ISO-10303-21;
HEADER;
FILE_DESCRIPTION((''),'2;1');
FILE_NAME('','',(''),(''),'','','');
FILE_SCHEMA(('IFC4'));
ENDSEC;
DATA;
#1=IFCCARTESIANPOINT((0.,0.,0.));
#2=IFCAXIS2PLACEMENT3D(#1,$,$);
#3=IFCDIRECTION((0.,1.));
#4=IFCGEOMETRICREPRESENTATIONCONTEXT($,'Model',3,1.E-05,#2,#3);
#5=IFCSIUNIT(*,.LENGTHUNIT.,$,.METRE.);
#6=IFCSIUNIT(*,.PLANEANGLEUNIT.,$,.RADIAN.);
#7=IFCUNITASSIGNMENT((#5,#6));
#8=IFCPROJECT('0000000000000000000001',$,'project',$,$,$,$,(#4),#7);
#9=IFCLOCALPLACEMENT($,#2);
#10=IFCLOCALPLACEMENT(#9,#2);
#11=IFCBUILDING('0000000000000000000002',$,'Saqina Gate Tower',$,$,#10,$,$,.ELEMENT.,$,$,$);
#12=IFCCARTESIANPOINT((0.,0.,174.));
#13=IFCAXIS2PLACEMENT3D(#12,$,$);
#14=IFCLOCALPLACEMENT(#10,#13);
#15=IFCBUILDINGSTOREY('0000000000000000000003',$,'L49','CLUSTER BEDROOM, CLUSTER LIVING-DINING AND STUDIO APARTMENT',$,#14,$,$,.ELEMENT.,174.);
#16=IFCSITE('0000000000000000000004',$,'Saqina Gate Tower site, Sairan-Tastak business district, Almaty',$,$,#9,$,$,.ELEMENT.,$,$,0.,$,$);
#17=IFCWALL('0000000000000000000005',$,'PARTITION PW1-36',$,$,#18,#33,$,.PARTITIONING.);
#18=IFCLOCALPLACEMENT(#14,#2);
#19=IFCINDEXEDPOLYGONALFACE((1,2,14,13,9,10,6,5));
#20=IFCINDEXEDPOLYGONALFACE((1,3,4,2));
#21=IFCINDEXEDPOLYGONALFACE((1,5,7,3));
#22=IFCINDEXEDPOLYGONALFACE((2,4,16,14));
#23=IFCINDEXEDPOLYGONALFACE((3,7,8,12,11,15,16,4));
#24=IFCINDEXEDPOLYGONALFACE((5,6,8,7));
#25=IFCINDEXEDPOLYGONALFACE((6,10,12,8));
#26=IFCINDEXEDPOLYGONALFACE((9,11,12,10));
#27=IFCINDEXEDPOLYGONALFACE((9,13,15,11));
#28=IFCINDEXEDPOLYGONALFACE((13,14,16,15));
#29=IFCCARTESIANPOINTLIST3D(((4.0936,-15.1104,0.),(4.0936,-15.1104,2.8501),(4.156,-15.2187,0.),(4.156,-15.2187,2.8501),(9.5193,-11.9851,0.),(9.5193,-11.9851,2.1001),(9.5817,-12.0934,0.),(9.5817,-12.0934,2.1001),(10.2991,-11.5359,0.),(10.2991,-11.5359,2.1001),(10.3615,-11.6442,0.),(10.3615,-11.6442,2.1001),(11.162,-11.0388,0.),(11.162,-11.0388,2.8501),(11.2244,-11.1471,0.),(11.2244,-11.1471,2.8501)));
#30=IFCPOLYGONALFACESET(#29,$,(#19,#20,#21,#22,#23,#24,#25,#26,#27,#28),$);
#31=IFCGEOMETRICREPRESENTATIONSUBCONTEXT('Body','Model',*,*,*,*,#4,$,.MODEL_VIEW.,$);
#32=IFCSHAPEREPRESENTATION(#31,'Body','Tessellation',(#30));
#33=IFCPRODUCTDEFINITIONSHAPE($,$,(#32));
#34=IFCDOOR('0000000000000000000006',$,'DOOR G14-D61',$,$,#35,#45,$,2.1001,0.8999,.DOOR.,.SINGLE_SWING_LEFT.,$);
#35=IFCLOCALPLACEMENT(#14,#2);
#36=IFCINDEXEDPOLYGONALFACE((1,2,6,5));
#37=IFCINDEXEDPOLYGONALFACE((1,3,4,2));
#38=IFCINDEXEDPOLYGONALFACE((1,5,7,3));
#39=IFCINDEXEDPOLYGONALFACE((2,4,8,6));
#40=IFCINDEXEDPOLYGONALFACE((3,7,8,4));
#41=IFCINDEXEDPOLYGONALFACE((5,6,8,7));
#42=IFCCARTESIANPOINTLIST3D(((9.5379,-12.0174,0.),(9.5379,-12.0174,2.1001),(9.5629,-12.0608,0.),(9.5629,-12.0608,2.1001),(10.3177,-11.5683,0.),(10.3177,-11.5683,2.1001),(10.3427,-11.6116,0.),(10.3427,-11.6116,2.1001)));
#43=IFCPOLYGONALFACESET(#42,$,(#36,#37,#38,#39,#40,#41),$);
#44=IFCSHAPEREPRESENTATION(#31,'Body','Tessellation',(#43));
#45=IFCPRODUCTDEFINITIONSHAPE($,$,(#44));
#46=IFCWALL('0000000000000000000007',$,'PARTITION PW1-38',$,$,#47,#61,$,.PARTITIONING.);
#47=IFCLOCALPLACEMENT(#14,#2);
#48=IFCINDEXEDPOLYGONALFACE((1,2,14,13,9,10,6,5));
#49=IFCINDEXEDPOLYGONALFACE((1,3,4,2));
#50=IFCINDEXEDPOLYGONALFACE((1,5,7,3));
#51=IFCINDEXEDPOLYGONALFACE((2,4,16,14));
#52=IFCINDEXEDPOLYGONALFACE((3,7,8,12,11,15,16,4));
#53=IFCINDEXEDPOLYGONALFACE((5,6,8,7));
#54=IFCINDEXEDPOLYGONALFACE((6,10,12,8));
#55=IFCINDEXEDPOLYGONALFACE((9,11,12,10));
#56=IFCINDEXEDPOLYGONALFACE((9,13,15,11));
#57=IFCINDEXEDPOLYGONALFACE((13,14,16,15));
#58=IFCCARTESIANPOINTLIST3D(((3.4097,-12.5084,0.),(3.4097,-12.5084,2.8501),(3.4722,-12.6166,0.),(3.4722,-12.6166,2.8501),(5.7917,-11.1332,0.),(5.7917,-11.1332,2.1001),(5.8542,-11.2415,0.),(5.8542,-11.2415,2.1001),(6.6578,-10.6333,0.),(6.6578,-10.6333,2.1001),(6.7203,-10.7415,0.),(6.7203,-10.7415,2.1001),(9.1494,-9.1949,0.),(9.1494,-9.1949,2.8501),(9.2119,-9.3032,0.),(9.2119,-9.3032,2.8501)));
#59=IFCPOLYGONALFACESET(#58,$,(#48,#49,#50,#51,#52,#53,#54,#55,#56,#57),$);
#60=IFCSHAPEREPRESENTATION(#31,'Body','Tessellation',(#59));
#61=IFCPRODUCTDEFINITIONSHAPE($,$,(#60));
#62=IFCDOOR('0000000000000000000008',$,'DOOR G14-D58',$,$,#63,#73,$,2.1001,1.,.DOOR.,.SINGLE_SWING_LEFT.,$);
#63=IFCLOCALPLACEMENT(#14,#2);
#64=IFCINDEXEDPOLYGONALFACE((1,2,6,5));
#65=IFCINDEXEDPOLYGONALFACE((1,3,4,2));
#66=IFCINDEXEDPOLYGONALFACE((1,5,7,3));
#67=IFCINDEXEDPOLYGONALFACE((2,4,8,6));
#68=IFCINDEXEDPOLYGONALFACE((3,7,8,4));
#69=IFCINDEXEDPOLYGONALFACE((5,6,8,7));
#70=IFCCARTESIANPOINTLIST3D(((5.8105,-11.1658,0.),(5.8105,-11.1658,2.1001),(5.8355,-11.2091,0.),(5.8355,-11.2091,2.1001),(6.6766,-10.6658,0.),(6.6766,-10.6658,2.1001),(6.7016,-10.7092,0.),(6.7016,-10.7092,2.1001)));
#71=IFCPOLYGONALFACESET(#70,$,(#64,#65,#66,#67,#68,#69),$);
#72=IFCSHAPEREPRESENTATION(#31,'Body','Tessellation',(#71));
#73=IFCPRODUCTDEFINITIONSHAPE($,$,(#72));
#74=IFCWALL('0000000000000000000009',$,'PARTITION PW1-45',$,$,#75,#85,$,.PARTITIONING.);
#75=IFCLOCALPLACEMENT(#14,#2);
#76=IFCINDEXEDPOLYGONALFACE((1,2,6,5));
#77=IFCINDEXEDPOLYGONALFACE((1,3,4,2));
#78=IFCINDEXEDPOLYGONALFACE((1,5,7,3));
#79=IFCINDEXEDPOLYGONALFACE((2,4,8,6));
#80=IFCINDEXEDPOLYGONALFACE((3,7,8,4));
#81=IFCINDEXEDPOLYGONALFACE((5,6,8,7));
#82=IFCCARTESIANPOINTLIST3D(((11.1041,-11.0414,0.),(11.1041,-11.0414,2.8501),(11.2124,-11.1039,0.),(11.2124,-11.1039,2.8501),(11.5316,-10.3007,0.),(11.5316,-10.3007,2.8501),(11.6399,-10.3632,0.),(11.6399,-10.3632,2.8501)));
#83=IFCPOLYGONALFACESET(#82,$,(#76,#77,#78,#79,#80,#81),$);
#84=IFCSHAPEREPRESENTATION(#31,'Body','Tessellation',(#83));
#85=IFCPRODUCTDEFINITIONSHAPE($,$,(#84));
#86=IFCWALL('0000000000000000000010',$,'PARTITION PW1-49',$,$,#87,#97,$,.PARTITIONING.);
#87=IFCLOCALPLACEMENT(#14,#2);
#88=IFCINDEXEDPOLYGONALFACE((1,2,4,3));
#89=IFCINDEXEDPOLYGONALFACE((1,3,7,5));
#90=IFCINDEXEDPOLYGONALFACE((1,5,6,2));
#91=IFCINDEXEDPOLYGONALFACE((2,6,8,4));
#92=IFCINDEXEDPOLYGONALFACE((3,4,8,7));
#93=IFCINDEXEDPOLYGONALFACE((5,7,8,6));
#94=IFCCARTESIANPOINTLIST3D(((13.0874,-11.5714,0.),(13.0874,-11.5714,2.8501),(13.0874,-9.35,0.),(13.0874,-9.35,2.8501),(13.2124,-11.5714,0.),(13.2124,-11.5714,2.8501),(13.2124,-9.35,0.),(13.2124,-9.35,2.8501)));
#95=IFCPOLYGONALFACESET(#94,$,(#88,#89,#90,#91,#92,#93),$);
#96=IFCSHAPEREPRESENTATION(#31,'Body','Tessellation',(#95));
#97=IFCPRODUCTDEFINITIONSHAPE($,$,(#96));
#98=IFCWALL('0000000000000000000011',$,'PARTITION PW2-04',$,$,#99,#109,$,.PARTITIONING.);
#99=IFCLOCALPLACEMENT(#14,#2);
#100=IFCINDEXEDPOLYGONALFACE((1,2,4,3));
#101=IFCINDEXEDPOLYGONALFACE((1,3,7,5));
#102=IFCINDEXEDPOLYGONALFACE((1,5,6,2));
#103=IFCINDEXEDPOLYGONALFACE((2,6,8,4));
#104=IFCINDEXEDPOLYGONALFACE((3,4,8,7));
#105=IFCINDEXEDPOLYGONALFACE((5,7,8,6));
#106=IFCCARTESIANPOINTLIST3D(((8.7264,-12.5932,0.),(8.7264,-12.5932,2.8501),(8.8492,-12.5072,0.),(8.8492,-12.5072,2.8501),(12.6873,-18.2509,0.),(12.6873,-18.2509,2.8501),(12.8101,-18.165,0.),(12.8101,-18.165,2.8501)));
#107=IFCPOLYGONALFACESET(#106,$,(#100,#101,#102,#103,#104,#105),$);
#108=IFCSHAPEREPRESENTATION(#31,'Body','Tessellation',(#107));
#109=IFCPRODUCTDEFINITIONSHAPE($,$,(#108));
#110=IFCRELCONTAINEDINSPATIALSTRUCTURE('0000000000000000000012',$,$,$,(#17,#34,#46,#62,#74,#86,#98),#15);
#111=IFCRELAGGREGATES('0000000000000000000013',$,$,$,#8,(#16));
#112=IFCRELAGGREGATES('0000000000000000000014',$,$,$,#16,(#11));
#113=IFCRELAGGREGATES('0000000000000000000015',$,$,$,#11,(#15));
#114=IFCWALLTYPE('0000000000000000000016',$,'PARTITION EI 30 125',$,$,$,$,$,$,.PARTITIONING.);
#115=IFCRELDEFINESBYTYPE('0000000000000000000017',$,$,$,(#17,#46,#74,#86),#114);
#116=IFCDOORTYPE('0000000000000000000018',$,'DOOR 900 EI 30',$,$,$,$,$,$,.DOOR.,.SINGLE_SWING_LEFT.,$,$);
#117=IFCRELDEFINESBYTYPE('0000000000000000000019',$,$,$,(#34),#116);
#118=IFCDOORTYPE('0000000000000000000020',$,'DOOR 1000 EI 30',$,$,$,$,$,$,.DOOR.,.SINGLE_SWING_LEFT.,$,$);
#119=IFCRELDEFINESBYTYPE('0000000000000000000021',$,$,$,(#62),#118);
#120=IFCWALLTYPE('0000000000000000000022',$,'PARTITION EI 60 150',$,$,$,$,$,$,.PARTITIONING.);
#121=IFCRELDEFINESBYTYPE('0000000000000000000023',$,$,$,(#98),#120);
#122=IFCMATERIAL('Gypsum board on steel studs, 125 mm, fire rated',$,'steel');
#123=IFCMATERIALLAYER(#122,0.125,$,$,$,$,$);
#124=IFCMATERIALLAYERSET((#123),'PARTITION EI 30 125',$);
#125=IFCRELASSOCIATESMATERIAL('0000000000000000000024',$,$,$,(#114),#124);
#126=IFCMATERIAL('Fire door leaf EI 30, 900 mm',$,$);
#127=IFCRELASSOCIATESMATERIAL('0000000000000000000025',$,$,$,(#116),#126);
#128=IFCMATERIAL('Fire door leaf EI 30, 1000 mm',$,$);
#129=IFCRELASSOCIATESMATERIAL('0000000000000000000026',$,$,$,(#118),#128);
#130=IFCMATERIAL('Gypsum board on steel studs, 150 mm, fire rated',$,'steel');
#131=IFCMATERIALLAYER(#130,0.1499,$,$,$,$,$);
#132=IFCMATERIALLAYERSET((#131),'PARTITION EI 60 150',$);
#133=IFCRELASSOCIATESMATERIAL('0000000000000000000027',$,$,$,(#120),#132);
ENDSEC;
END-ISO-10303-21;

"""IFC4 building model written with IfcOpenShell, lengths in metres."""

from ifc_helpers import new_model, si_unit, direction, frame, frame_2d, origin, place, context, subcontext, project, spatial, rectangle, extrude, material, layer, layer_set, type_object, element, fill, save


model = new_model("IFC4")

# Units and contexts
model_context = context("Model", 3, precision=1e-05, world=origin(), true_north=direction((0.0, 1.0)))
body_context = subcontext(model_context, "Body", "Model", "MODEL_VIEW")
ifc_project = project(units=[si_unit("LENGTHUNIT", "METRE"), si_unit("PLANEANGLEUNIT", "RADIAN")], contexts=[model_context])

# Site, building, storey
site_placement = place(None, origin())
site = spatial("IfcSite", under=ifc_project, at=site_placement, Name="Saqina Gate Tower site, Sairan-Tastak business district, Almaty", CompositionType="ELEMENT", RefElevation=0.0)
building_placement = place(site_placement, origin())
building = spatial("IfcBuilding", under=site, at=building_placement, Name="Saqina Gate Tower", CompositionType="ELEMENT")
storey_placement = place(building_placement, frame((0.0, 0.0, 174.0)))
storey = spatial("IfcBuildingStorey", under=building, at=storey_placement, Name="L49", Description="CLUSTER BEDROOM, CLUSTER LIVING-DINING AND STUDIO APARTMENT", CompositionType="ELEMENT", Elevation=174.0)

# Shared definitions
ifc_material_1 = material(Name="Gypsum board on steel studs, 125 mm, fire rated", Category="steel")
ifc_layer_1 = layer(ifc_material_1, 0.125)
ifc_layer_set_1 = layer_set([ifc_layer_1], Name="PARTITION EI 30 125")
wall_type_1 = type_object("IfcWallType", Name="PARTITION EI 30 125", PredefinedType="PARTITIONING", material=ifc_layer_set_1)

# Walls, openings, doors
wall_1_placement = place(storey_placement, frame((4.1248, -15.1646, 0.0), z_axis=(0.0, 0.0, 1.0), x_axis=(0.866523, 0.499137, 0.0)))
wall_1 = element("IfcWall", 1, at=wall_1_placement, inside=storey, type_object=wall_type_1, Name="PARTITION PW1-36", PredefinedType="PARTITIONING", context=body_context, shape_type="SweptSolid", body=[
    extrude(rectangle(XDim=8.1572, YDim=0.125, at=frame_2d((4.0786, 0.0))), origin(), (0.0, 0.0, 1.0), 2.8501),
])
opening_1_placement = place(wall_1_placement, frame((6.2615, 0.0, 0.0)))
opening_1 = element("IfcOpeningElement", 2, at=opening_1_placement, cuts=wall_1, PredefinedType="OPENING", context=body_context, shape_type="SweptSolid", body=[
    extrude(rectangle(XDim=0.8999, YDim=2.1001, at=frame_2d((0.45, 1.05))), frame((0.0, 0.0745, 0.0), z_axis=(0.0, -1.0, 0.0), x_axis=(1.0, 0.0, 0.0)), (0.0, 0.0, 1.0), 0.1489),
])
ifc_material_2 = material(Name="Fire door leaf EI 30, 900 mm")
door_type_1 = type_object("IfcDoorType", Name="DOOR 900 EI 30", OperationType="SINGLE_SWING_LEFT", PredefinedType="DOOR", material=ifc_material_2)
door_1_placement = place(opening_1_placement, frame((0.8999, 0.0, 0.0), z_axis=(0.0, 0.0, 1.0), x_axis=(-1.0, 0.0, 0.0)))
door_1 = element("IfcDoor", 3, at=door_1_placement, inside=storey, type_object=door_type_1, Name="DOOR G14-D61", OperationType="SINGLE_SWING_LEFT", OverallHeight=2.1001, OverallWidth=0.8999, PredefinedType="DOOR", context=body_context, shape_type="SweptSolid", body=[
    extrude(rectangle(XDim=0.8999, YDim=2.1001, at=frame_2d((0.45, 1.05))), frame((0.0, 0.0249, 0.0), z_axis=(0.0, -1.0, 0.0), x_axis=(1.0, 0.0, 0.0)), (0.0, 0.0, 1.0), 0.05),
])
fill(opening_1, door_1)
wall_2_placement = place(storey_placement, frame((3.4409, -12.5625, 0.0), z_axis=(0.0, 0.0, 1.0), x_axis=(0.866049, 0.499958, 0.0)))
wall_2 = element("IfcWall", 4, at=wall_2_placement, inside=storey, type_object=wall_type_1, Name="PARTITION PW1-38", PredefinedType="PARTITIONING", context=body_context, shape_type="SweptSolid", body=[
    extrude(rectangle(XDim=6.6274, YDim=0.125, at=frame_2d((3.3137, 0.0))), origin(), (0.0, 0.0, 1.0), 2.8501),
])
opening_2_placement = place(wall_2_placement, frame((2.7505, 0.0, 0.0)))
opening_2 = element("IfcOpeningElement", 5, at=opening_2_placement, cuts=wall_2, PredefinedType="OPENING", context=body_context, shape_type="SweptSolid", body=[
    extrude(rectangle(XDim=1.0, YDim=2.1001, at=frame_2d((0.5, 1.05))), frame((0.0, 0.0745, 0.0), z_axis=(0.0, -1.0, 0.0), x_axis=(1.0, 0.0, 0.0)), (0.0, 0.0, 1.0), 0.1489),
])
ifc_material_3 = material(Name="Fire door leaf EI 30, 1000 mm")
door_type_2 = type_object("IfcDoorType", Name="DOOR 1000 EI 30", OperationType="SINGLE_SWING_LEFT", PredefinedType="DOOR", material=ifc_material_3)
door_2_placement = place(opening_2_placement, origin())
door_2 = element("IfcDoor", 6, at=door_2_placement, inside=storey, type_object=door_type_2, Name="DOOR G14-D58", OperationType="SINGLE_SWING_LEFT", OverallHeight=2.1001, OverallWidth=1.0, PredefinedType="DOOR", context=body_context, shape_type="SweptSolid", body=[
    extrude(rectangle(XDim=1.0, YDim=2.1001, at=frame_2d((0.5, 1.05))), frame((0.0, 0.0249, 0.0), z_axis=(0.0, -1.0, 0.0), x_axis=(1.0, 0.0, 0.0)), (0.0, 0.0, 1.0), 0.05),
])
fill(opening_2, door_2)

# Walls
wall_3_placement = place(storey_placement, frame((11.1582, -11.0728, 0.0), z_axis=(0.0, 0.0, 1.0), x_axis=(0.499854, 0.86611, 0.0)))
element("IfcWall", 7, at=wall_3_placement, inside=storey, type_object=wall_type_1, Name="PARTITION PW1-45", PredefinedType="PARTITIONING", context=body_context, shape_type="SweptSolid", body=[
    extrude(rectangle(XDim=0.8552, YDim=0.125, at=frame_2d((0.4277, 0.0))), origin(), (0.0, 0.0, 1.0), 2.8501),
])
wall_4_placement = place(storey_placement, frame((13.1499, -11.5715, 0.0), z_axis=(0.0, 0.0, 1.0), x_axis=(0.0, 1.0, 0.0)))
element("IfcWall", 8, at=wall_4_placement, inside=storey, type_object=wall_type_1, Name="PARTITION PW1-49", PredefinedType="PARTITIONING", context=body_context, shape_type="SweptSolid", body=[
    extrude(rectangle(XDim=2.2214, YDim=0.125, at=frame_2d((1.1108, 0.0))), origin(), (0.0, 0.0, 1.0), 2.8501),
])
ifc_material_4 = material(Name="Gypsum board on steel studs, 150 mm, fire rated", Category="steel")
ifc_layer_2 = layer(ifc_material_4, 0.1499)
ifc_layer_set_2 = layer_set([ifc_layer_2], Name="PARTITION EI 60 150")
wall_type_2 = type_object("IfcWallType", Name="PARTITION EI 60 150", PredefinedType="PARTITIONING", material=ifc_layer_set_2)
wall_5_placement = place(storey_placement, frame((8.7878, -12.5503, 0.0), z_axis=(0.0, 0.0, 1.0), x_axis=(0.573515, -0.819195, 0.0)))
element("IfcWall", 9, at=wall_5_placement, inside=storey, type_object=wall_type_2, Name="PARTITION PW2-04", PredefinedType="PARTITIONING", context=body_context, shape_type="SweptSolid", body=[
    extrude(rectangle(XDim=6.9065, YDim=0.1499, at=frame_2d((3.4531, 0.0))), origin(), (0.0, 0.0, 1.0), 2.8501),
])

save(model, "model.ifc")
